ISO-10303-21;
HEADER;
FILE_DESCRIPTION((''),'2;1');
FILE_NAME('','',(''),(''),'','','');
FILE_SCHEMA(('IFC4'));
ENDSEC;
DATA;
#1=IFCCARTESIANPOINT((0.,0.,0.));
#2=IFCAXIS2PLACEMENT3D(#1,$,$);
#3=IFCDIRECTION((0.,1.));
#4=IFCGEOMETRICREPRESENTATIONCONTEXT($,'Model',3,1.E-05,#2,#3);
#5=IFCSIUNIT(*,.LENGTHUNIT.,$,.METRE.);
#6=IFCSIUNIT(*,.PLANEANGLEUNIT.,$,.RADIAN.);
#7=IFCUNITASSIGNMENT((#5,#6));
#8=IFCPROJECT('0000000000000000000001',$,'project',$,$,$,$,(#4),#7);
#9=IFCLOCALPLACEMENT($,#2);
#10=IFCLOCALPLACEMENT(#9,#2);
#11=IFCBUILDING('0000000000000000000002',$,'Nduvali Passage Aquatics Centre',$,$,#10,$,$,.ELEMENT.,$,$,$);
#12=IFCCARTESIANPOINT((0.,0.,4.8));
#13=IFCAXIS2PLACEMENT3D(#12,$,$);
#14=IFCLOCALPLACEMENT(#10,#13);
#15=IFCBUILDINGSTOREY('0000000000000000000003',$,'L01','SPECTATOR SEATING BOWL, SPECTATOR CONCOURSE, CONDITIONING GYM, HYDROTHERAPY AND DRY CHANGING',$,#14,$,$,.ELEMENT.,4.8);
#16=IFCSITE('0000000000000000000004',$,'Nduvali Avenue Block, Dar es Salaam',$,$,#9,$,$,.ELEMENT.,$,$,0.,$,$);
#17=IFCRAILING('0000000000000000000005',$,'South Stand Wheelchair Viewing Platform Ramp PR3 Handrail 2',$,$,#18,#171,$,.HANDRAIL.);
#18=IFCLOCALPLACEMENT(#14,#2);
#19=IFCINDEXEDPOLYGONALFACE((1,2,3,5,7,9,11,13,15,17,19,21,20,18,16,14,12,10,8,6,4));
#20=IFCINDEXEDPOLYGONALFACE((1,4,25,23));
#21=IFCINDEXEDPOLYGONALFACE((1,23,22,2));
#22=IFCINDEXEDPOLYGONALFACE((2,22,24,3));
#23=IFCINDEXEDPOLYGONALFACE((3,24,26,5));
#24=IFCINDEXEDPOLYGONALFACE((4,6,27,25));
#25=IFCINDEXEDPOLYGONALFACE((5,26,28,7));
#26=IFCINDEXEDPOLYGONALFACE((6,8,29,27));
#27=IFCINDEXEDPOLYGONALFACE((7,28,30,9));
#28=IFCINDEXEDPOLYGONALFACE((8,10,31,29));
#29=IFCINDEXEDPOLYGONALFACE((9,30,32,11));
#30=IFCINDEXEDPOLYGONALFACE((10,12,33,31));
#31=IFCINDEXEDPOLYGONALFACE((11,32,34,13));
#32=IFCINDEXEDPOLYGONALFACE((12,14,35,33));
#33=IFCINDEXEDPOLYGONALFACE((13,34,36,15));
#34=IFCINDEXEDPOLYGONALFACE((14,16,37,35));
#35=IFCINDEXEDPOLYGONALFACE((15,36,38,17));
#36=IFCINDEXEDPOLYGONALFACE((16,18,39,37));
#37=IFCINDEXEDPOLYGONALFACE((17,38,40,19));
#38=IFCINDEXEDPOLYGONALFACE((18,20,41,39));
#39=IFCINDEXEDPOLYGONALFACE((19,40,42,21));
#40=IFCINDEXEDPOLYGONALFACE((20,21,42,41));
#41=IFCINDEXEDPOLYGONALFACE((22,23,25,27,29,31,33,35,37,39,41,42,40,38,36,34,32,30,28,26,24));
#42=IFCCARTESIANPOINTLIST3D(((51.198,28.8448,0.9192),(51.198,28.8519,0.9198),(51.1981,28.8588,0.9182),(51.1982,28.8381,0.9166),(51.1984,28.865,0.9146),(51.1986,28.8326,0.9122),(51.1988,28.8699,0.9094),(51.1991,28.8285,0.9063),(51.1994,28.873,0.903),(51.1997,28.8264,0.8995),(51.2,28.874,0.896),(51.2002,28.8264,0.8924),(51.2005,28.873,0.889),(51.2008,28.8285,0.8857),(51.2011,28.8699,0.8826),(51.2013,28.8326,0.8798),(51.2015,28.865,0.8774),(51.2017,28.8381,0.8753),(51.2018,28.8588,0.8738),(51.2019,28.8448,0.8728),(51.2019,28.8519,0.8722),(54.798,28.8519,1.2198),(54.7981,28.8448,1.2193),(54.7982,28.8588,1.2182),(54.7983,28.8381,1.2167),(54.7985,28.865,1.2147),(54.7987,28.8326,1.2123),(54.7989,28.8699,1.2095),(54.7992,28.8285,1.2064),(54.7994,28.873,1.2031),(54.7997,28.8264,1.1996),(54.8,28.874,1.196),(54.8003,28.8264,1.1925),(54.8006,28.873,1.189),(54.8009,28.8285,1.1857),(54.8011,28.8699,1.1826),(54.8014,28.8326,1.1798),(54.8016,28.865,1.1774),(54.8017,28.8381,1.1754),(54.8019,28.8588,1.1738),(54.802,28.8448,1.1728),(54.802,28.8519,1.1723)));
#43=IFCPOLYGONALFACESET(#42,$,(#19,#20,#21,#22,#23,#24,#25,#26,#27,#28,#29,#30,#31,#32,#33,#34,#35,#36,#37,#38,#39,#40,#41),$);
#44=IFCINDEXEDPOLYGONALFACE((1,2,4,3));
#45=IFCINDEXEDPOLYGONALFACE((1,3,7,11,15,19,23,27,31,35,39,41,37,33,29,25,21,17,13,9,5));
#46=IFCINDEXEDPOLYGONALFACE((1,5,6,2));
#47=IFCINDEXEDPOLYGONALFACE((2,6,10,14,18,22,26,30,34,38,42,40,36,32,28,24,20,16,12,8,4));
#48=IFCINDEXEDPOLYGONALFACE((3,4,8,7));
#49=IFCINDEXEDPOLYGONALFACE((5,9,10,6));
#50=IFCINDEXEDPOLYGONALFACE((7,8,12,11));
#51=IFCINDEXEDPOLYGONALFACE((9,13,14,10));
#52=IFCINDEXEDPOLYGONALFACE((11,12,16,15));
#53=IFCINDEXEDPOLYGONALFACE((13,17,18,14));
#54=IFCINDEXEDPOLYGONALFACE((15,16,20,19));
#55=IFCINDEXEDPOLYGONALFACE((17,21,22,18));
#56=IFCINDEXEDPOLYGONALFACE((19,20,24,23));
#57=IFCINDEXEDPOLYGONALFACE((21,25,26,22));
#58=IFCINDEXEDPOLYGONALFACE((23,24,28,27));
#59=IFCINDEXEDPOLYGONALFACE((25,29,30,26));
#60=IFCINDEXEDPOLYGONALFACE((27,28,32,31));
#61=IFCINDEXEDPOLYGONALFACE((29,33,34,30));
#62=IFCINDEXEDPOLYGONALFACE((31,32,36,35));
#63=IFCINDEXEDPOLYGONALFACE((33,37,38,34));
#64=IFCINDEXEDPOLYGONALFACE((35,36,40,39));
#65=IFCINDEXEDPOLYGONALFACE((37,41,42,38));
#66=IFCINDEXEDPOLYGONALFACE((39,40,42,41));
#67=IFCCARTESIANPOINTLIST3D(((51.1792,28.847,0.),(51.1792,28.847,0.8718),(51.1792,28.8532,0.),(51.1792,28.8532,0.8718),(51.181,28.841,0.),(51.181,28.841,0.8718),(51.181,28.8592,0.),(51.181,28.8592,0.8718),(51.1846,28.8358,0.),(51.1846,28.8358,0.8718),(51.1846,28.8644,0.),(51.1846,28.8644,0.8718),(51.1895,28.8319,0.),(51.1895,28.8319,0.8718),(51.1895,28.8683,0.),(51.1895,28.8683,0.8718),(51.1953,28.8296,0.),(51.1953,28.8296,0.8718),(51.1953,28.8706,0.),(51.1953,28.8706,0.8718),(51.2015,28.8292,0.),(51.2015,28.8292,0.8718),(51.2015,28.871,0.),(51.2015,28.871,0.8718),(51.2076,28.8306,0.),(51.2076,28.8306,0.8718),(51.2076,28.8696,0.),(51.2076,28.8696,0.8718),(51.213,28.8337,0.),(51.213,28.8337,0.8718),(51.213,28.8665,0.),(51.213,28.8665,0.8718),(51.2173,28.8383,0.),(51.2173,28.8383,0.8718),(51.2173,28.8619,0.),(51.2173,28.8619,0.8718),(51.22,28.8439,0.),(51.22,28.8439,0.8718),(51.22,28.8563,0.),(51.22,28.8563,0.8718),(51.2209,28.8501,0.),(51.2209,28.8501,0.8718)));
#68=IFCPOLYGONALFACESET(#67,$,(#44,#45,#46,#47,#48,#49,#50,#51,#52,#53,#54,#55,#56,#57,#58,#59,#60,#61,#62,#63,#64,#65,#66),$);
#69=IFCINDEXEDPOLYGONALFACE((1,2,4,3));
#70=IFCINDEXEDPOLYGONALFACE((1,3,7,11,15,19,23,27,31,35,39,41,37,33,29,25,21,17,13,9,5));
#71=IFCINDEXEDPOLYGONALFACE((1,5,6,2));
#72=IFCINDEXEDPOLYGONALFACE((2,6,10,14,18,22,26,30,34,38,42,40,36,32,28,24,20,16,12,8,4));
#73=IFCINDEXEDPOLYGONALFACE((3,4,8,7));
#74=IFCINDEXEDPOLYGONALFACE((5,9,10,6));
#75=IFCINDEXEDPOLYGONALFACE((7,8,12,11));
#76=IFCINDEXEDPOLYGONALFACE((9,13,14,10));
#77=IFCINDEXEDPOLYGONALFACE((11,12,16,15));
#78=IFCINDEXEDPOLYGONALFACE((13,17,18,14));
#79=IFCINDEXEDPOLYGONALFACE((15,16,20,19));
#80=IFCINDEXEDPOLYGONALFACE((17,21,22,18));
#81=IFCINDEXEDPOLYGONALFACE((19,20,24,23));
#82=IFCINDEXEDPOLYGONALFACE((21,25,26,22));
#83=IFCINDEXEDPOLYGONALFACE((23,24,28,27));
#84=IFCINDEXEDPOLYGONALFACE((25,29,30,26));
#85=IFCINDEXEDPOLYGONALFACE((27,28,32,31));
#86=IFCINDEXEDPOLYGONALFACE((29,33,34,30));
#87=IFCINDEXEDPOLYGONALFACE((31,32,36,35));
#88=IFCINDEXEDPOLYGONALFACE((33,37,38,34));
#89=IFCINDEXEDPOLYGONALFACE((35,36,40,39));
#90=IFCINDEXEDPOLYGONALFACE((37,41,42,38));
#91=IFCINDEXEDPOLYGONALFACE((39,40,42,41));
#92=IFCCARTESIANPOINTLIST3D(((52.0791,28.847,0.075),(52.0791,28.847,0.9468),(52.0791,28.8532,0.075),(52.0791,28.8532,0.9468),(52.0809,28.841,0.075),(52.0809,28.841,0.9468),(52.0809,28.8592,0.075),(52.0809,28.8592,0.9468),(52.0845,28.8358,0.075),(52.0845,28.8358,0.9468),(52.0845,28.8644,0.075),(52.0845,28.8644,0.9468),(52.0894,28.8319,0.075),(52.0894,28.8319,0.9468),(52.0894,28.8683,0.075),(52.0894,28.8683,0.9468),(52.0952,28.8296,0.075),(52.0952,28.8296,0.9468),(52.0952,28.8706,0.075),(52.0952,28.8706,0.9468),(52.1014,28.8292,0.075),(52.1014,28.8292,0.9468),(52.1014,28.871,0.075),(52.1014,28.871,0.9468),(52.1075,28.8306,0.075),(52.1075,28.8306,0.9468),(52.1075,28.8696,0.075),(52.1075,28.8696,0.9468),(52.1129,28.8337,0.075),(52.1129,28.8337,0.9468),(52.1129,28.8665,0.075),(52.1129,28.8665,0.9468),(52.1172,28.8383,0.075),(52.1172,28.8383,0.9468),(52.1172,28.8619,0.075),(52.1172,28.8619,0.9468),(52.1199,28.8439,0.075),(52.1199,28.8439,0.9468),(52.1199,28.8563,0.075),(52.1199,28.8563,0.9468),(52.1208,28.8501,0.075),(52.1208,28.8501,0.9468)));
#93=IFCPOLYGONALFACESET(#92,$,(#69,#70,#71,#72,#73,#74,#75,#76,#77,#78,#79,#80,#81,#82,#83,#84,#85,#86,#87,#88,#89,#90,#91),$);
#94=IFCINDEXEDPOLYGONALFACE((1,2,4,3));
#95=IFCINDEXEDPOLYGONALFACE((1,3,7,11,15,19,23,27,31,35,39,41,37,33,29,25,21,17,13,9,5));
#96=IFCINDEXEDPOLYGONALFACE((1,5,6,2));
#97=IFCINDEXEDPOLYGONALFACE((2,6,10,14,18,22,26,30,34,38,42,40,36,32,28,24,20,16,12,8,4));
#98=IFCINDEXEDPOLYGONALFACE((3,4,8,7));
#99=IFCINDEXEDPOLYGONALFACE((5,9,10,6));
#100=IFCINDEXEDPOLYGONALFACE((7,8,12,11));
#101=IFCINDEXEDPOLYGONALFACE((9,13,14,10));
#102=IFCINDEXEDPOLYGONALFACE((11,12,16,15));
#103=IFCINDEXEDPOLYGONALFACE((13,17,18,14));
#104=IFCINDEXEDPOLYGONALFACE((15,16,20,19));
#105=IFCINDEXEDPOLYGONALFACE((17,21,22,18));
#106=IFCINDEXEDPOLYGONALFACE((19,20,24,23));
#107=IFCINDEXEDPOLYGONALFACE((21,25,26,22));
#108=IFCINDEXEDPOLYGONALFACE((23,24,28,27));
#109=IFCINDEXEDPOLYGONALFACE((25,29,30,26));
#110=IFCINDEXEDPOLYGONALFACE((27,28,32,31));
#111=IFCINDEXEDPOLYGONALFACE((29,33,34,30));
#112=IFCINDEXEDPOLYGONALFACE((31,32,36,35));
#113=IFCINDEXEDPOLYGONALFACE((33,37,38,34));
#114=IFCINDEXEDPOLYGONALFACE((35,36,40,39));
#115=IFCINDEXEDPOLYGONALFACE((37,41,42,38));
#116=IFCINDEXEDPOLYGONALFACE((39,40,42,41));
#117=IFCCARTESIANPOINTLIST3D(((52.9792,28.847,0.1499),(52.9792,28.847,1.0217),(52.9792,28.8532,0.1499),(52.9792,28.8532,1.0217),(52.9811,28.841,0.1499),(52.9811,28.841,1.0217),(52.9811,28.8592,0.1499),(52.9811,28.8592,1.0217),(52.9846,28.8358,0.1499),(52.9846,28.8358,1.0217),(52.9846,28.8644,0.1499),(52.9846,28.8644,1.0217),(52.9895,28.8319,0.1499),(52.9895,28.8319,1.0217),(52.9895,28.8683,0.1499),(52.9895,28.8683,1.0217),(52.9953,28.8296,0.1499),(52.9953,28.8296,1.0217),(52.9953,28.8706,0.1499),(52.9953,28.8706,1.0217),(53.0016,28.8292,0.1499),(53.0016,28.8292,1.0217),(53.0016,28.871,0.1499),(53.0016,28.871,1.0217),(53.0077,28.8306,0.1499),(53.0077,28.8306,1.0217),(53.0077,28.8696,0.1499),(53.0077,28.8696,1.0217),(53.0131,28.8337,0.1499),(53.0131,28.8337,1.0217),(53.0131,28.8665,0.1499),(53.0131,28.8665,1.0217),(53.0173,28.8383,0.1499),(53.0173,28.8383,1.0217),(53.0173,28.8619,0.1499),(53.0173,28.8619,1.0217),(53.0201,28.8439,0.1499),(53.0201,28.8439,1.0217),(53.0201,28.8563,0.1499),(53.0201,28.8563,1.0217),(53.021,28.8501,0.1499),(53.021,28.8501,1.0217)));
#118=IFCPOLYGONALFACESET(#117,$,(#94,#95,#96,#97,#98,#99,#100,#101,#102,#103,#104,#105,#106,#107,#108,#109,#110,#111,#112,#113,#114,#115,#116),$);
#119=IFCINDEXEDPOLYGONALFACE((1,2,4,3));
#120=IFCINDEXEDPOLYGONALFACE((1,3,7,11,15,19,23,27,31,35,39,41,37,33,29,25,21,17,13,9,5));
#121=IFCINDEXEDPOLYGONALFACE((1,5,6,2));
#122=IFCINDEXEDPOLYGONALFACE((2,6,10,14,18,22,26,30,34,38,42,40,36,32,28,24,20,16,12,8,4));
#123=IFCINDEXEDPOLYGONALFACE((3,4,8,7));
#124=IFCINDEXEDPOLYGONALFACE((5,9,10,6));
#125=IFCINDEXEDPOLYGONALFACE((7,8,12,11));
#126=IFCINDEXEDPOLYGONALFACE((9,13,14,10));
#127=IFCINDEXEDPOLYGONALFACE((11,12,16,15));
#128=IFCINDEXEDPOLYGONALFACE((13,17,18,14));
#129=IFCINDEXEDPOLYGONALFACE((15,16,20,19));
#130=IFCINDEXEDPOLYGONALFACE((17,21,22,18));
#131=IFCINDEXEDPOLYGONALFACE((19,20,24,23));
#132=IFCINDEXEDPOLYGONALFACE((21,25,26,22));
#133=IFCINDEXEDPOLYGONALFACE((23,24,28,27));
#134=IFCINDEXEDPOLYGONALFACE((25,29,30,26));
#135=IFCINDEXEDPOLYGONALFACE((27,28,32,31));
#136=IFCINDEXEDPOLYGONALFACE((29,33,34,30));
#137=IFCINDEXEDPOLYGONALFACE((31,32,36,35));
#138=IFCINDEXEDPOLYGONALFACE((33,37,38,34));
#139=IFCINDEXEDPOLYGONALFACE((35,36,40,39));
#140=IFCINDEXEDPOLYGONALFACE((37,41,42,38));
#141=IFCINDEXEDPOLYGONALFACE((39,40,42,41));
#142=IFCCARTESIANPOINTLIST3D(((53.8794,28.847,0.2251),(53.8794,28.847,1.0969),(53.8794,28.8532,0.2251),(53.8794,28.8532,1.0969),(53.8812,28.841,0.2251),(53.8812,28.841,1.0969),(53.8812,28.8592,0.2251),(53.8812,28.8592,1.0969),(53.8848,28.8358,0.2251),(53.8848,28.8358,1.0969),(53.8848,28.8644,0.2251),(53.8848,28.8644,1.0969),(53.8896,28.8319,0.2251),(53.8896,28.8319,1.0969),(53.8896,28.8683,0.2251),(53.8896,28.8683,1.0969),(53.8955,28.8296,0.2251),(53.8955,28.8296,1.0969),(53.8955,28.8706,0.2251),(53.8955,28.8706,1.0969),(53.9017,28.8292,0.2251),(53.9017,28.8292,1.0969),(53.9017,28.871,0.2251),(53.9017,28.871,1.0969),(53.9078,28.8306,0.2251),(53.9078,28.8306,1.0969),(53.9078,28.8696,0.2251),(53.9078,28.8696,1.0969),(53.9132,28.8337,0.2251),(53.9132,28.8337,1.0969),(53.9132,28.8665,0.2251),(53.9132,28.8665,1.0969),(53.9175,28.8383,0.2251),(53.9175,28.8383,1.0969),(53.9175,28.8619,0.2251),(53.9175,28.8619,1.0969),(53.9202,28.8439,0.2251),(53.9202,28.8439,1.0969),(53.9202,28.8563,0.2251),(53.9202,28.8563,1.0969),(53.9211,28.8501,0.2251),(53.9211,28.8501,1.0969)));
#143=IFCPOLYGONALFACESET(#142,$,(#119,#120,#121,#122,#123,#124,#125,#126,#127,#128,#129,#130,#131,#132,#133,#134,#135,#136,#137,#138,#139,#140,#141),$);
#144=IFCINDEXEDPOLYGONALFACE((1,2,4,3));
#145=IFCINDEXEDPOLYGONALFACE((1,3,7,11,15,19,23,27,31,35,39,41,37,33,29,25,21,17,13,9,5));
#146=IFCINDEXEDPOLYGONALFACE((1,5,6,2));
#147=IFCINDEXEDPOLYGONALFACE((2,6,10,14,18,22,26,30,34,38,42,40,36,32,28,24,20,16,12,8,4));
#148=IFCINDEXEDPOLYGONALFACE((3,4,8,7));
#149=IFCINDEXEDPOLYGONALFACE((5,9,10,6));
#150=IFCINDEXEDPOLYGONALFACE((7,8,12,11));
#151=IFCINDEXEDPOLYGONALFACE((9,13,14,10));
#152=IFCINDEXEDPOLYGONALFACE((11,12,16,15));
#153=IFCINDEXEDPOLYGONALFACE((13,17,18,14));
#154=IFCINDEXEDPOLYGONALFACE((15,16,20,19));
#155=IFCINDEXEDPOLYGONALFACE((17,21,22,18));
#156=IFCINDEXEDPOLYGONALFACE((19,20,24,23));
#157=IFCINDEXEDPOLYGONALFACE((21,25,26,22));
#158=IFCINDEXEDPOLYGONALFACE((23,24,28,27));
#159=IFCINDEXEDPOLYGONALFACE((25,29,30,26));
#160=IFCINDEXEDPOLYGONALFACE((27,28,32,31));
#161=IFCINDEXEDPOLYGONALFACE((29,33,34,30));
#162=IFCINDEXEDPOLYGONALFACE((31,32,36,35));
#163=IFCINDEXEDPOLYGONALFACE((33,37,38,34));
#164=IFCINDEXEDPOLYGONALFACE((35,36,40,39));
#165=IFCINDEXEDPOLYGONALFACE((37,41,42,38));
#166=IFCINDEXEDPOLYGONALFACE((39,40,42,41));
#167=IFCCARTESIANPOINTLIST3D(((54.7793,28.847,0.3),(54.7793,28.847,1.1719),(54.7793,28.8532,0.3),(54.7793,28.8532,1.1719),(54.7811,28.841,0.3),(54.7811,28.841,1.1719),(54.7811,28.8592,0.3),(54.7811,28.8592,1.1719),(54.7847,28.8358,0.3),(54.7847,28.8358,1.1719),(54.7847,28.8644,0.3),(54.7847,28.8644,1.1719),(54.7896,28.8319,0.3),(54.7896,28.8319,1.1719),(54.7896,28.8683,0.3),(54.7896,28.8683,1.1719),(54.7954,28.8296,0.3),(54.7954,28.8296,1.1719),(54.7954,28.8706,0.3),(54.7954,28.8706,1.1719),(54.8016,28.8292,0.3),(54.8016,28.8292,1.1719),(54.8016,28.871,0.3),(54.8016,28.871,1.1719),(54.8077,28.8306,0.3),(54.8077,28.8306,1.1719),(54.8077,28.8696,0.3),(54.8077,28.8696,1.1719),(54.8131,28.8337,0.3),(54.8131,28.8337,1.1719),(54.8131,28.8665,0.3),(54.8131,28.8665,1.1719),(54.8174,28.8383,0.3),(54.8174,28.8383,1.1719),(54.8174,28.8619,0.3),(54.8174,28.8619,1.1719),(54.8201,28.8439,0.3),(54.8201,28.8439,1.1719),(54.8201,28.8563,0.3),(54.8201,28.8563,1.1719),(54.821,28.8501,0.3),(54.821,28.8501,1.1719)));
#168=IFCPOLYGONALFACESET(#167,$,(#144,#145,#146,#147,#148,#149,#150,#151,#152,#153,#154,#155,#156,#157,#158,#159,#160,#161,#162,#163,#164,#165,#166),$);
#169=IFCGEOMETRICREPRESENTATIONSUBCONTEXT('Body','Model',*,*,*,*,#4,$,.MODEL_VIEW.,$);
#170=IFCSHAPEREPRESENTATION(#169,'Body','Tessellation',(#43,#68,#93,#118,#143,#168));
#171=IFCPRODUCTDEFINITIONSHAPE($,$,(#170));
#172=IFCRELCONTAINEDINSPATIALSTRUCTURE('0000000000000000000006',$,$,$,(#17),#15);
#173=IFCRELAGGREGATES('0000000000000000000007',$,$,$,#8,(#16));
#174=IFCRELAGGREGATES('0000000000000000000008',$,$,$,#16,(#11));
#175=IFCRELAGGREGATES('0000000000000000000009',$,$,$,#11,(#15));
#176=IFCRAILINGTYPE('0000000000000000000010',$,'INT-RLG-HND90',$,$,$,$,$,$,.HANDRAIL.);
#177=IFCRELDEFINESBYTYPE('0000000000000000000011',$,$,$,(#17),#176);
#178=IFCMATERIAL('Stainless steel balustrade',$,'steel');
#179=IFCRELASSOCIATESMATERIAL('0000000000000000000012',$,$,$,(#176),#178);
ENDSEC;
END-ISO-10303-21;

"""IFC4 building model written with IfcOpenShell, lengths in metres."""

from ifc_helpers import new_model, si_unit, direction, frame, origin, origin_2d, place, context, subcontext, project, spatial, circle, extrude, material, type_object, element, save


model = new_model("IFC4")

# Units and contexts
model_context = context("Model", 3, precision=1e-05, world=origin(), true_north=direction((0.0, 1.0)))
body_context = subcontext(model_context, "Body", "Model", "MODEL_VIEW")
ifc_project = project(units=[si_unit("LENGTHUNIT", "METRE"), si_unit("PLANEANGLEUNIT", "RADIAN")], contexts=[model_context])

# Site, building, storey
site_placement = place(None, origin())
site = spatial("IfcSite", under=ifc_project, at=site_placement, Name="Nduvali Avenue Block, Dar es Salaam", CompositionType="ELEMENT", RefElevation=0.0)
building_placement = place(site_placement, origin())
building = spatial("IfcBuilding", under=site, at=building_placement, Name="Nduvali Passage Aquatics Centre", CompositionType="ELEMENT")
storey_placement = place(building_placement, frame((0.0, 0.0, 4.8)))
storey = spatial("IfcBuildingStorey", under=building, at=storey_placement, Name="L01", Description="SPECTATOR SEATING BOWL, SPECTATOR CONCOURSE, CONDITIONING GYM, HYDROTHERAPY AND DRY CHANGING", CompositionType="ELEMENT", Elevation=4.8)

# Railing
ifc_material_1 = material(Name="Stainless steel balustrade", Category="steel")
railing_type = type_object("IfcRailingType", Name="INT-RLG-HND90", PredefinedType="HANDRAIL", material=ifc_material_1)
railing_placement = place(storey_placement, frame((51.2, 28.8501, 0.0)))
element("IfcRailing", 1, at=railing_placement, inside=storey, type_object=railing_type, Name="South Stand Wheelchair Viewing Platform Ramp PR3 Handrail 2", PredefinedType="HANDRAIL", context=body_context, shape_type="SweptSolid", body=[
    extrude(circle(Radius=0.0239, at=origin_2d()), frame((0.0, 0.0, 0.896), z_axis=(0.996545, 0.0, 0.083057), x_axis=(0.0, 1.0, 0.0)), (0.0, 0.0, 1.0), 3.6125),
    extrude(circle(Radius=0.021, at=origin_2d()), origin(), (0.0, 0.0, 1.0), 0.8718),
    extrude(circle(Radius=0.021, at=origin_2d()), frame((0.8999, 0.0, 0.075)), (0.0, 0.0, 1.0), 0.8718),
    extrude(circle(Radius=0.021, at=origin_2d()), frame((1.8, 0.0, 0.1499)), (0.0, 0.0, 1.0), 0.8718),
    extrude(circle(Radius=0.021, at=origin_2d()), frame((2.7002, 0.0, 0.2251)), (0.0, 0.0, 1.0), 0.8718),
    extrude(circle(Radius=0.021, at=origin_2d()), frame((3.6001, 0.0, 0.3)), (0.0, 0.0, 1.0), 0.8718),
])

save(model, "model.ifc")
